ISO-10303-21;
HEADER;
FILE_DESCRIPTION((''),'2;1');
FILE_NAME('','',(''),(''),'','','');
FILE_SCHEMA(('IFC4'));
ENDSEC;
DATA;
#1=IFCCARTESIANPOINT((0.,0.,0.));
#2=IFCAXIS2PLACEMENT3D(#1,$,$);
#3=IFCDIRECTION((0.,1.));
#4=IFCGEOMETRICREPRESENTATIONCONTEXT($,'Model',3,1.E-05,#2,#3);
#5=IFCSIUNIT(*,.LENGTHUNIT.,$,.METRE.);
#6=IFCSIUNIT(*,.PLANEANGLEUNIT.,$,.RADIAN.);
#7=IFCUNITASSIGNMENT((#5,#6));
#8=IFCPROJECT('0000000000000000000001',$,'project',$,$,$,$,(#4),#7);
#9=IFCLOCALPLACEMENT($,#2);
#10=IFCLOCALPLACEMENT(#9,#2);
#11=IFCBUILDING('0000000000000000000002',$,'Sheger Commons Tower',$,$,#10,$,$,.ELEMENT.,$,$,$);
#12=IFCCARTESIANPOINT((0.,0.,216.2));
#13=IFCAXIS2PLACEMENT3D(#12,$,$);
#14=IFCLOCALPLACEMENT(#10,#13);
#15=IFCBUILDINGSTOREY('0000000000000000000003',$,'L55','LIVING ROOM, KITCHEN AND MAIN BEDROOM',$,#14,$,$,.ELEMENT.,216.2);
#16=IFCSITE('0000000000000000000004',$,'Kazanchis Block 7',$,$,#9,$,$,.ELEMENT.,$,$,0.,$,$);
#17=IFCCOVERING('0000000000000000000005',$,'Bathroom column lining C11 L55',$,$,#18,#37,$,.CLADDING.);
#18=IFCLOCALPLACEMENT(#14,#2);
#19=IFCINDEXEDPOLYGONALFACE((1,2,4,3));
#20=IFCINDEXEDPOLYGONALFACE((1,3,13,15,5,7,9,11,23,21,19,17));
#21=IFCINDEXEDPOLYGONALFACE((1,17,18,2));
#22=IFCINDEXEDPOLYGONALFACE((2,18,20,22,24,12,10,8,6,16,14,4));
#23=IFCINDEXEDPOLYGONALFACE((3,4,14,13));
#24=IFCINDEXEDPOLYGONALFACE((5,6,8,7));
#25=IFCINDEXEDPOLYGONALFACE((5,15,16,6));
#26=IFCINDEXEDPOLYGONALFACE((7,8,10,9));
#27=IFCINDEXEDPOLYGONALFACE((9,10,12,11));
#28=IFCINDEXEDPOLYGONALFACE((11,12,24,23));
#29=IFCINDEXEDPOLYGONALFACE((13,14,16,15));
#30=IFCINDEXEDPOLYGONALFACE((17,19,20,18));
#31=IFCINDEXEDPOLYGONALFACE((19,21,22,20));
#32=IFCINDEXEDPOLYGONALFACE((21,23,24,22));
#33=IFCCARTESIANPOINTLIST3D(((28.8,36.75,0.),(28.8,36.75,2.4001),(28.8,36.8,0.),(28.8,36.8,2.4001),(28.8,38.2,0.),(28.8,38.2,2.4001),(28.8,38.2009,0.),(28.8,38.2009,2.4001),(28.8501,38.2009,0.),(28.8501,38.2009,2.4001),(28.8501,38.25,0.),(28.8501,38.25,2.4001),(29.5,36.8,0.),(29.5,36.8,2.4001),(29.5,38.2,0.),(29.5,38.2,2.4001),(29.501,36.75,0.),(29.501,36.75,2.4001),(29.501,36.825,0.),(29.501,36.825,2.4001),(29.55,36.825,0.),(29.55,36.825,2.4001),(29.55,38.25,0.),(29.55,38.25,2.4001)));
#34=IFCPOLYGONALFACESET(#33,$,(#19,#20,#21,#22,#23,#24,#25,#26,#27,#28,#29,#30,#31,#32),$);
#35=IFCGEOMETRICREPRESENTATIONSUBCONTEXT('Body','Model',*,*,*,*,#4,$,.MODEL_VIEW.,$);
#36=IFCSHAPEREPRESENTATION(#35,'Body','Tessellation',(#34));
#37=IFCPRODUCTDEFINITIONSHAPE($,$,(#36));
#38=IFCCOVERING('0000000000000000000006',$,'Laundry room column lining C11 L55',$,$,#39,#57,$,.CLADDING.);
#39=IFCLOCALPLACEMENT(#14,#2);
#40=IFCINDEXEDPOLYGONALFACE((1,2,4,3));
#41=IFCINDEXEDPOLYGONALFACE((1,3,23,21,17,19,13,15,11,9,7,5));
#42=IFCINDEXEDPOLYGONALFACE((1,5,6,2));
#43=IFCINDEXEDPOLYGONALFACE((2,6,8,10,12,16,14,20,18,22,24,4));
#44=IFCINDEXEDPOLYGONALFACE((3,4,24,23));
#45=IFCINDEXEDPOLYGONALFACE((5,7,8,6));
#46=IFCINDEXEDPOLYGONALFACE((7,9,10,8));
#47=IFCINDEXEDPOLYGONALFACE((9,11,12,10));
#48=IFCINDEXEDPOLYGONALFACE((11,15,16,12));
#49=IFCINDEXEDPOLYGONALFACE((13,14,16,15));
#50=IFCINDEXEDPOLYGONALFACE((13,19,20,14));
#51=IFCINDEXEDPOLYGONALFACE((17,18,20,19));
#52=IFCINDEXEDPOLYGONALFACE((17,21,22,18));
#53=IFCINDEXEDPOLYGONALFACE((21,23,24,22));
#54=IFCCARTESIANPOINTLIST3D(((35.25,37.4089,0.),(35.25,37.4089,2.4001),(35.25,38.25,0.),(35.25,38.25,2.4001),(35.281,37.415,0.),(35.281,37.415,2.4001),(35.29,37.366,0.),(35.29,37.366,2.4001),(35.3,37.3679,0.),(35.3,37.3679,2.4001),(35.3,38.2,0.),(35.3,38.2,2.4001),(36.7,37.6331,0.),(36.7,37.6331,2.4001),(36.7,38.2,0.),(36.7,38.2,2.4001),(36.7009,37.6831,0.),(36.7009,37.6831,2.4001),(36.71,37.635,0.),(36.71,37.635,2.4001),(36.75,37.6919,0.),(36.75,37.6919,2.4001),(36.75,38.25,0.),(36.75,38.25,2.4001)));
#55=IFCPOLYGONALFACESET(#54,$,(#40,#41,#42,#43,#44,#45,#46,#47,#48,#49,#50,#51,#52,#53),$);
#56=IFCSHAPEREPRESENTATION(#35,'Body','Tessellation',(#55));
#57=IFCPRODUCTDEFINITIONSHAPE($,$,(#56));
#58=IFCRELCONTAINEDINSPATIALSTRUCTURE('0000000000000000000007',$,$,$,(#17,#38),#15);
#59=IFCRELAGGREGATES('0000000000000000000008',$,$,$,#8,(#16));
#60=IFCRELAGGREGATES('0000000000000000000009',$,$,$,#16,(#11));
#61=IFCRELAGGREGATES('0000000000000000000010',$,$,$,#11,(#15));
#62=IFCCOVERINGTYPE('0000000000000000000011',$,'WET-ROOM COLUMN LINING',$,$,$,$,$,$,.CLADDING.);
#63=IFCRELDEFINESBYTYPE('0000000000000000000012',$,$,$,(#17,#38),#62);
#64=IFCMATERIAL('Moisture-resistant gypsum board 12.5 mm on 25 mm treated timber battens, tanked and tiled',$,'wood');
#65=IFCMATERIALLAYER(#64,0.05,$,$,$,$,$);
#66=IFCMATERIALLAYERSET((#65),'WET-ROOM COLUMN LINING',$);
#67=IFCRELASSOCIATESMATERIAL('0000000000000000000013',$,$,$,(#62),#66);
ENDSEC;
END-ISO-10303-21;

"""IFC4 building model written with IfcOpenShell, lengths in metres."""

from ifc_helpers import new_model, si_unit, direction, frame, origin, place, context, subcontext, project, spatial, polyline, outline, extrude, material, layer, layer_set, type_object, element, save


model = new_model("IFC4")

# Units and contexts
model_context = context("Model", 3, precision=1e-05, world=origin(), true_north=direction((0.0, 1.0)))
body_context = subcontext(model_context, "Body", "Model", "MODEL_VIEW")
ifc_project = project(units=[si_unit("LENGTHUNIT", "METRE"), si_unit("PLANEANGLEUNIT", "RADIAN")], contexts=[model_context])

# Site, building, storey
site_placement = place(None, origin())
site = spatial("IfcSite", under=ifc_project, at=site_placement, Name="Kazanchis Block 7", CompositionType="ELEMENT", RefElevation=0.0)
building_placement = place(site_placement, origin())
building = spatial("IfcBuilding", under=site, at=building_placement, Name="Sheger Commons Tower", CompositionType="ELEMENT")
storey_placement = place(building_placement, frame((0.0, 0.0, 216.2)))
storey = spatial("IfcBuildingStorey", under=building, at=storey_placement, Name="L55", Description="LIVING ROOM, KITCHEN AND MAIN BEDROOM", CompositionType="ELEMENT", Elevation=216.2)

# Coverings
ifc_material_1 = material(Name="Moisture-resistant gypsum board 12.5 mm on 25 mm treated timber battens, tanked and tiled", Category="wood")
ifc_layer_1 = layer(ifc_material_1, 0.05)
ifc_layer_set_1 = layer_set([ifc_layer_1], Name="WET-ROOM COLUMN LINING")
covering_type_1 = type_object("IfcCoveringType", Name="WET-ROOM COLUMN LINING", PredefinedType="CLADDING", material=ifc_layer_set_1)
covering_1_placement = place(storey_placement, origin())
element("IfcCovering", 1, at=covering_1_placement, inside=storey, type_object=covering_type_1, Name="Bathroom column lining C11 L55", PredefinedType="CLADDING", context=body_context, shape_type="SweptSolid", body=[
    extrude(outline(polyline([(29.55, 36.825), (29.501, 36.825), (29.501, 36.75), (28.8, 36.75), (28.8, 36.8), (29.5, 36.8), (29.5, 38.2), (28.8, 38.2), (28.8, 38.2009), (28.8501, 38.2009), (28.8501, 38.25), (29.55, 38.25), (29.55, 36.825)])), origin(), (0.0, 0.0, 1.0), 2.4001),
])
covering_2_placement = place(storey_placement, origin())
element("IfcCovering", 2, at=covering_2_placement, inside=storey, type_object=covering_type_1, Name="Laundry room column lining C11 L55", PredefinedType="CLADDING", context=body_context, shape_type="SweptSolid", body=[
    extrude(outline(polyline([(36.75, 38.25), (36.75, 37.6919), (36.7009, 37.6831), (36.71, 37.635), (36.7, 37.6331), (36.7, 38.2), (35.3, 38.2), (35.3, 37.3679), (35.29, 37.366), (35.281, 37.415), (35.25, 37.4089), (35.25, 38.25), (36.75, 38.25)])), origin(), (0.0, 0.0, 1.0), 2.4001),
])

save(model, "model.ifc")
